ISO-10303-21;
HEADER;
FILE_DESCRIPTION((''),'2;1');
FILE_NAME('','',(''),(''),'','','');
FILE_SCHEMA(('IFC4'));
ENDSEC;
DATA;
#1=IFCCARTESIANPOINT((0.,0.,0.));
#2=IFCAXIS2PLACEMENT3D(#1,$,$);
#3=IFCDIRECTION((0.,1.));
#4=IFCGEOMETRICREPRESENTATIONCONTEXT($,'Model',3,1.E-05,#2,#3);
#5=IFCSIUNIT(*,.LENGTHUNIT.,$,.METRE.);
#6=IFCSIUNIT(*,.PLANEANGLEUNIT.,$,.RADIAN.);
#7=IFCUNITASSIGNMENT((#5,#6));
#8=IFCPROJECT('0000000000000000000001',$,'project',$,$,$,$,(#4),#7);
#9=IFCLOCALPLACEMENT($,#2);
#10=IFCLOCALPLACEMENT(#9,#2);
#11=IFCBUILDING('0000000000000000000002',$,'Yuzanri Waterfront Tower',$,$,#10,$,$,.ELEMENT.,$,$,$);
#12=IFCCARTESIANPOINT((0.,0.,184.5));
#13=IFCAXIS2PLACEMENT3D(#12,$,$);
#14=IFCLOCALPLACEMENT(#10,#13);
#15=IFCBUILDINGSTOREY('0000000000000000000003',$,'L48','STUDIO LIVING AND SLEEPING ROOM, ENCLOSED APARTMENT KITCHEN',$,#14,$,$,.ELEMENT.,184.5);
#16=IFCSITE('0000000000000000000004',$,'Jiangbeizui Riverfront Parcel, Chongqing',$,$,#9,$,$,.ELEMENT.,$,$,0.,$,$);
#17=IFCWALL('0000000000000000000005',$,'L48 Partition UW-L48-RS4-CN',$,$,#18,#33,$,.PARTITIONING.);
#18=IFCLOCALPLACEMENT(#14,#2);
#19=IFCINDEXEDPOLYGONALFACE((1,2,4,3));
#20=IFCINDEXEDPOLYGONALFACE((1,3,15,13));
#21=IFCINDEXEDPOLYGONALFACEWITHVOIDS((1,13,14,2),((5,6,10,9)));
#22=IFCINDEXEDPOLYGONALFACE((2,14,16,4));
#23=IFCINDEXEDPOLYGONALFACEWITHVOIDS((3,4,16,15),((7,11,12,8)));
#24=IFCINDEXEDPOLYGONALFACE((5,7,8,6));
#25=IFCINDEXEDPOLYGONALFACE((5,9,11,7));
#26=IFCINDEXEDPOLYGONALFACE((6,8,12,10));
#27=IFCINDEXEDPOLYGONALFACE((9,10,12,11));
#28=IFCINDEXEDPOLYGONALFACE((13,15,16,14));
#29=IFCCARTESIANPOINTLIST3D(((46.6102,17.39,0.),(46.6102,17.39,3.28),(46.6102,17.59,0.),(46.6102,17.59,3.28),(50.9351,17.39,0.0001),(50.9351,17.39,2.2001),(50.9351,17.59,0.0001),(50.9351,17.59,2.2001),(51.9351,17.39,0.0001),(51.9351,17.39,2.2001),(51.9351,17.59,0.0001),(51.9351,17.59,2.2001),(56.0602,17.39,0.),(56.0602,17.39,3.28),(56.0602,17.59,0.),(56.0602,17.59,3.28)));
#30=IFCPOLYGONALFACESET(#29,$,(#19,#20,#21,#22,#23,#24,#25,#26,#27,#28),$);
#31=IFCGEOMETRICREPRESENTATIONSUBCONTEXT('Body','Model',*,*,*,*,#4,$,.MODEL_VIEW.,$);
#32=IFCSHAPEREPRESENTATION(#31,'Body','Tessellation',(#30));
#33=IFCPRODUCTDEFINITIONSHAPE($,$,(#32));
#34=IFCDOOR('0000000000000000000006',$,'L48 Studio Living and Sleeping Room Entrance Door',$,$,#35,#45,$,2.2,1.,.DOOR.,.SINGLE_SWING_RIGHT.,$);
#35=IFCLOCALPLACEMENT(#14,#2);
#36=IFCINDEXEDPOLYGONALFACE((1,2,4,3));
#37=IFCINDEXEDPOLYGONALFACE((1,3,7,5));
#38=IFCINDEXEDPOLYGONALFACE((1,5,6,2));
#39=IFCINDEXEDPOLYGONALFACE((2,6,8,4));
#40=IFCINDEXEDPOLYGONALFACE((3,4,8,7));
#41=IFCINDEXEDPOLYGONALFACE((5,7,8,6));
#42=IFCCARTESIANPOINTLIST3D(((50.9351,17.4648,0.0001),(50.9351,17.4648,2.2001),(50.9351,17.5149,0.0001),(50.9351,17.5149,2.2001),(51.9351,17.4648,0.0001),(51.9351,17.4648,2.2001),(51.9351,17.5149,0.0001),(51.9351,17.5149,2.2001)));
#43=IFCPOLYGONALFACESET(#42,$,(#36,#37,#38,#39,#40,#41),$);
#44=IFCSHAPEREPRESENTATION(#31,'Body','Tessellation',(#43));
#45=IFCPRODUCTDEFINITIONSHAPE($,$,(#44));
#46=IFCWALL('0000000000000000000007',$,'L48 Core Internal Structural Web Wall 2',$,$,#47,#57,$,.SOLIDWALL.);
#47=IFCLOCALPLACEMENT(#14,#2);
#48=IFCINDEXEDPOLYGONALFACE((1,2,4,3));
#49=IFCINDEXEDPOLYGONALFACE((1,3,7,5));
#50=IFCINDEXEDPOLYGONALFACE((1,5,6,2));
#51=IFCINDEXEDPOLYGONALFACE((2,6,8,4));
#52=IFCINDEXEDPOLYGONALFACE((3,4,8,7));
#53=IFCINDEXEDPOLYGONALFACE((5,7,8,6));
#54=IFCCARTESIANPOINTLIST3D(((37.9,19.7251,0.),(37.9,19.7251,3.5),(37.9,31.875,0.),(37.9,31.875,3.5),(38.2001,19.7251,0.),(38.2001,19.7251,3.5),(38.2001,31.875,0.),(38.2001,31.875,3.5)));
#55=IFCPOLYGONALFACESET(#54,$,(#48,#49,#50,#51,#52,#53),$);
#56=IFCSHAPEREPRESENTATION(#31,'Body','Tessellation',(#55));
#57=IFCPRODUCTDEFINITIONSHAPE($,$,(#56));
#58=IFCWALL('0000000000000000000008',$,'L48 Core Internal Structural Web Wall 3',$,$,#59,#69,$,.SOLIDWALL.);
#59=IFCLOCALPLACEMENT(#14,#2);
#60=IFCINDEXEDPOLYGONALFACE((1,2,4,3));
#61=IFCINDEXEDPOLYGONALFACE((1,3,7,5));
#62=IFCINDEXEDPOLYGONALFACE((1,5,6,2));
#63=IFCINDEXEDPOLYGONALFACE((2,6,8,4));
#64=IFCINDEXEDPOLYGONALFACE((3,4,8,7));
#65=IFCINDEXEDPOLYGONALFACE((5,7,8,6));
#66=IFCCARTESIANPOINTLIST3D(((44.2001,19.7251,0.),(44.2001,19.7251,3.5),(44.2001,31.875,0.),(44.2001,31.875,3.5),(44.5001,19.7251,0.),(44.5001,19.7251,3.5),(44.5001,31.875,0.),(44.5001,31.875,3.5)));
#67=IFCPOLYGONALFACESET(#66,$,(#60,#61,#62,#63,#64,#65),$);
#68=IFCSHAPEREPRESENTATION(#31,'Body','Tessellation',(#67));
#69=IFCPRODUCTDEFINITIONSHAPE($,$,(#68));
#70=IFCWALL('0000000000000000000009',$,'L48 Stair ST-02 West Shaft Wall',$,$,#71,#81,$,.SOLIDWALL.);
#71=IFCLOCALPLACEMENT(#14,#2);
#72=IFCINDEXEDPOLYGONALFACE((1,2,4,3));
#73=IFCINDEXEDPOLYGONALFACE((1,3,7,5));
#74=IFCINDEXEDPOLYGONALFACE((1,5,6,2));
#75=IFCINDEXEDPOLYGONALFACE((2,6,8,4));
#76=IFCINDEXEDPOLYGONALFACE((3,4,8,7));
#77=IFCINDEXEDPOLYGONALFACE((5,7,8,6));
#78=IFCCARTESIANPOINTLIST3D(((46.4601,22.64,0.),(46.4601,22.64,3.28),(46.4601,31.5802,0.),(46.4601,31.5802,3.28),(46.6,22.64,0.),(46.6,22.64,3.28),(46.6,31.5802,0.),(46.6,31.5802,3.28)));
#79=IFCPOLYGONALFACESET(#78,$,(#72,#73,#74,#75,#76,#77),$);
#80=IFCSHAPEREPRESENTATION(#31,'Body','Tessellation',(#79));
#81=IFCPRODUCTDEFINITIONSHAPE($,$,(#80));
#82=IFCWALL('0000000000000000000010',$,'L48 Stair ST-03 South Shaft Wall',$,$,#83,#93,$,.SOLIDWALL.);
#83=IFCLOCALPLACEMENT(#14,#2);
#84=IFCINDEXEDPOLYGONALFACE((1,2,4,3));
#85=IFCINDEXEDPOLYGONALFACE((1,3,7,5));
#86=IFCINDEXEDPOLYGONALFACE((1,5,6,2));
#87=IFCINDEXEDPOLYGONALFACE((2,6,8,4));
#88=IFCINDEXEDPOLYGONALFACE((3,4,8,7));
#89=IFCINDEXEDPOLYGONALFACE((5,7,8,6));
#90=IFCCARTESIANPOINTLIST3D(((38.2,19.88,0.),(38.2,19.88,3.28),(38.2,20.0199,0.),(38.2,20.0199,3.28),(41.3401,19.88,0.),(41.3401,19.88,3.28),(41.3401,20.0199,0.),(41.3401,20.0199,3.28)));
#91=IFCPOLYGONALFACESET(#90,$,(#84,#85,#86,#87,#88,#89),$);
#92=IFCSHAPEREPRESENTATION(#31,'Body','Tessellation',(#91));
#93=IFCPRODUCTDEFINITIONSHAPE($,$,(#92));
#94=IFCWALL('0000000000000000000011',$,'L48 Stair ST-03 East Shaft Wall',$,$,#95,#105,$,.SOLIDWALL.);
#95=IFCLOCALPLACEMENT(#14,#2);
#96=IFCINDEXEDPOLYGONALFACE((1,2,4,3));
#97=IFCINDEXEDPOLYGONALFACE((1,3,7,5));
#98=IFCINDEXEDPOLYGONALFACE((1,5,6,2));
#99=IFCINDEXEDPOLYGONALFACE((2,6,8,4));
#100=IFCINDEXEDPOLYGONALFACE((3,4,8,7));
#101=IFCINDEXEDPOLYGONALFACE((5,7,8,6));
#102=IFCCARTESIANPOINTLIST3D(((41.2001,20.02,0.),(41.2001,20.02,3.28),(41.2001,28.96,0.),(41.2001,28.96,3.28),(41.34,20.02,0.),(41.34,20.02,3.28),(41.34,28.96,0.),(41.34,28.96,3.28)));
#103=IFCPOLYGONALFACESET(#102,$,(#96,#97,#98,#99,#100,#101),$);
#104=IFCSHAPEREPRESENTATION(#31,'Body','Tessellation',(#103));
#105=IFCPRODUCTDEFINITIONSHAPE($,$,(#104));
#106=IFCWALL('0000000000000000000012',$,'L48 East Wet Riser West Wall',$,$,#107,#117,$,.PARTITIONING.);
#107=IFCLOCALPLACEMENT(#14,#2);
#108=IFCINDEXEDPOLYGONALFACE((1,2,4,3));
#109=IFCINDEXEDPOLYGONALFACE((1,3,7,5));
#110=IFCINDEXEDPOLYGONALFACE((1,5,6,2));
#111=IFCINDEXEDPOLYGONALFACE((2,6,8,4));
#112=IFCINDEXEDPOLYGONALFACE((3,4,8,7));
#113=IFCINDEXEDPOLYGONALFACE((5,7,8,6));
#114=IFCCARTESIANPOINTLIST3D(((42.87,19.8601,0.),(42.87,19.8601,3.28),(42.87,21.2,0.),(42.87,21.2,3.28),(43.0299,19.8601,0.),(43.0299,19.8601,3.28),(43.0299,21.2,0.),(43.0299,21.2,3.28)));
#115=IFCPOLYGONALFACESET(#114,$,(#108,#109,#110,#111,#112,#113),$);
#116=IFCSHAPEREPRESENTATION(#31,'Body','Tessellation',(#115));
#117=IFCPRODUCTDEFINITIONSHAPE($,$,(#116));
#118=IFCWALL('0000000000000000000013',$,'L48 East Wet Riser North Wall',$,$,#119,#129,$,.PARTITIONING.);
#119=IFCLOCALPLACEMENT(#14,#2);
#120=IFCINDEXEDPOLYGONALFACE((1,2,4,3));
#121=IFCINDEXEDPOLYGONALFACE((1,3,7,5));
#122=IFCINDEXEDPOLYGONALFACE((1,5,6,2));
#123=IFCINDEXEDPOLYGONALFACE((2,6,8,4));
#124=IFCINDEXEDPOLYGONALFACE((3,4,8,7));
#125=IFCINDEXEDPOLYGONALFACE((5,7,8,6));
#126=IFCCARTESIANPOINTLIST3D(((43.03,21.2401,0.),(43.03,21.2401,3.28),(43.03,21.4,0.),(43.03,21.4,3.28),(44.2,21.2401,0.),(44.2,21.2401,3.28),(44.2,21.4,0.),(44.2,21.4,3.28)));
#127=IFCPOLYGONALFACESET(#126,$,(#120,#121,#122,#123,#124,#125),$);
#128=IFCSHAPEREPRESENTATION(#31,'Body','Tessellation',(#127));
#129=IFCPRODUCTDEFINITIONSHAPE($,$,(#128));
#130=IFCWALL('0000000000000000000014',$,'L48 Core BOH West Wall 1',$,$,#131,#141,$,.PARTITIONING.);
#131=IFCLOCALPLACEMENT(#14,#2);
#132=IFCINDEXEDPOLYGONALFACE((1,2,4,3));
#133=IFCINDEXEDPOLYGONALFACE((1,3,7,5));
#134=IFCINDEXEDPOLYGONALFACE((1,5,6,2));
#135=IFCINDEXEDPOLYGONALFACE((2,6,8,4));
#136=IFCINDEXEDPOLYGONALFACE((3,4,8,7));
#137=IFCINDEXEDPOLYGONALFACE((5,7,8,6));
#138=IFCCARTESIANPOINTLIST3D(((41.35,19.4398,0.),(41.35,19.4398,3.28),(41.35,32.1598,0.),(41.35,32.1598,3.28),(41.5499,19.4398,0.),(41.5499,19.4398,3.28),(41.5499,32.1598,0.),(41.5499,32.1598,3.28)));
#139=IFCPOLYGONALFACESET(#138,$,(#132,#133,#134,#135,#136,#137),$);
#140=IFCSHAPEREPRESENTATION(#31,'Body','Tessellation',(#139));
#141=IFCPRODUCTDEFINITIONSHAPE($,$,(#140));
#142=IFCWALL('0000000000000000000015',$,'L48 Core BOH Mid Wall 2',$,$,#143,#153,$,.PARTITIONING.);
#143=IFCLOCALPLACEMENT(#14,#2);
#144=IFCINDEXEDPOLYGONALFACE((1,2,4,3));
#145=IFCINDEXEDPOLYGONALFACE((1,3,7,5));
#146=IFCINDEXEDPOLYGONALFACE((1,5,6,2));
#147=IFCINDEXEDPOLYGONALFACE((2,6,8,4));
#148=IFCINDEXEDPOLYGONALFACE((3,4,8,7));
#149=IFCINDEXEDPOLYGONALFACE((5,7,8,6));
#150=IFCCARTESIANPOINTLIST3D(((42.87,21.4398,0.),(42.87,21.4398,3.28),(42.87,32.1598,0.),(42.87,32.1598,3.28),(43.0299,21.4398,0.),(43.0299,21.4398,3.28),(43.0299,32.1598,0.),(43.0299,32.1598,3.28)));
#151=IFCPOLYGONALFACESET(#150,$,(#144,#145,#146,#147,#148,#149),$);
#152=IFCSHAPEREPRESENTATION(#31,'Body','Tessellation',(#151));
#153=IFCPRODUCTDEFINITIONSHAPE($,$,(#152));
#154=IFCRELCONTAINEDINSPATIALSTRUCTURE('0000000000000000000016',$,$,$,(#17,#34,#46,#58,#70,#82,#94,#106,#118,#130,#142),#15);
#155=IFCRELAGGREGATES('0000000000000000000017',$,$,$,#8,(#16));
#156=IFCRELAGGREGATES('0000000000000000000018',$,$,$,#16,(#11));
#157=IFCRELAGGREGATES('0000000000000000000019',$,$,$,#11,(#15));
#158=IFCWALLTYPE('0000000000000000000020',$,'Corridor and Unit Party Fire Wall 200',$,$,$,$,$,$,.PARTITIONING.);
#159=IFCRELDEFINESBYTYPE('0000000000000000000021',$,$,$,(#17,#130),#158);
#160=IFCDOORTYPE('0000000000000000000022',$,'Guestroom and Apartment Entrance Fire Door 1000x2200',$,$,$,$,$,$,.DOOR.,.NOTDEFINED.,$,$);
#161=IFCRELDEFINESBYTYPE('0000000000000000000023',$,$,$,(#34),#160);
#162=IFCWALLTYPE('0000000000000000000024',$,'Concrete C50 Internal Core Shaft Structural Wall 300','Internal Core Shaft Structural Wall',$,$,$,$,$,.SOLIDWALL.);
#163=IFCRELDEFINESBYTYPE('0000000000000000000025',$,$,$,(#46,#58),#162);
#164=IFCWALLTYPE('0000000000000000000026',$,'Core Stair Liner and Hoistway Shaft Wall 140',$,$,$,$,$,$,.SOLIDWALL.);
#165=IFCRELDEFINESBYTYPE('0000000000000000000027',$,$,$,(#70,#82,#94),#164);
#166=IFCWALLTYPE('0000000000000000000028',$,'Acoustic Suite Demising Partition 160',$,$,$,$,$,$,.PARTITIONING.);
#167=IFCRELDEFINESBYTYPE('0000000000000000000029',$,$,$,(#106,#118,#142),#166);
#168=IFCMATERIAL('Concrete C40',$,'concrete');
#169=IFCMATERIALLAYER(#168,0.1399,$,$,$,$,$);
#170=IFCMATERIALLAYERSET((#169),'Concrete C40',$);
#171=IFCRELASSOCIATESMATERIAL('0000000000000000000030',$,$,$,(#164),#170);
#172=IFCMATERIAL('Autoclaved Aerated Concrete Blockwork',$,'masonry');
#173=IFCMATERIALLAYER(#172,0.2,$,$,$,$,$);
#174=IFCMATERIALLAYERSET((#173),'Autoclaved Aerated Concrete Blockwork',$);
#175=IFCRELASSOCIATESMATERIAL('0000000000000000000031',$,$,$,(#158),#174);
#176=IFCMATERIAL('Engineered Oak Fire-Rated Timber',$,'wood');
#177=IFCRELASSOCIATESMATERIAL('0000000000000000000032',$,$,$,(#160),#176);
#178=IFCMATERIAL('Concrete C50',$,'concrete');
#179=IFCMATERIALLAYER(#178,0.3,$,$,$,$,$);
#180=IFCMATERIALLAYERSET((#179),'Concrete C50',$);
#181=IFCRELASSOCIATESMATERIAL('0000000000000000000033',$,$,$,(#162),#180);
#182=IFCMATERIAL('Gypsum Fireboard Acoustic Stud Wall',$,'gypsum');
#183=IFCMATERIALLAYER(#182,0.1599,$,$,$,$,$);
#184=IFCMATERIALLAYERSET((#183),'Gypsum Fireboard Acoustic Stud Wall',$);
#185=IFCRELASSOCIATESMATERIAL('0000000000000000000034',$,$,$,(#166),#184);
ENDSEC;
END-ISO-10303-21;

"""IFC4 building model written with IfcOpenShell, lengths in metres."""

from ifc_helpers import new_model, si_unit, direction, frame, frame_2d, origin, place, context, subcontext, project, spatial, rectangle, extrude, source, transform, mapped, material, layer, layer_set, type_object, element, fill, save


model = new_model("IFC4")

# Units and contexts
model_context = context("Model", 3, precision=1e-05, world=origin(), true_north=direction((0.0, 1.0)))
body_context = subcontext(model_context, "Body", "Model", "MODEL_VIEW")
ifc_project = project(units=[si_unit("LENGTHUNIT", "METRE"), si_unit("PLANEANGLEUNIT", "RADIAN")], contexts=[model_context])

# Site, building, storey
site_placement = place(None, origin())
site = spatial("IfcSite", under=ifc_project, at=site_placement, Name="Jiangbeizui Riverfront Parcel, Chongqing", CompositionType="ELEMENT", RefElevation=0.0)
building_placement = place(site_placement, origin())
building = spatial("IfcBuilding", under=site, at=building_placement, Name="Yuzanri Waterfront Tower", CompositionType="ELEMENT")
storey_placement = place(building_placement, frame((0.0, 0.0, 184.5)))
storey = spatial("IfcBuildingStorey", under=building, at=storey_placement, Name="L48", Description="STUDIO LIVING AND SLEEPING ROOM, ENCLOSED APARTMENT KITCHEN", CompositionType="ELEMENT", Elevation=184.5)

# Wall, opening, door
ifc_material_1 = material(Name="Concrete C40", Category="concrete")
ifc_layer_1 = layer(ifc_material_1, 0.1399)
ifc_layer_set_1 = layer_set([ifc_layer_1], Name="Concrete C40")
wall_type_1 = type_object("IfcWallType", Name="Core Stair Liner and Hoistway Shaft Wall 140", PredefinedType="SOLIDWALL", material=ifc_layer_set_1)
ifc_material_2 = material(Name="Autoclaved Aerated Concrete Blockwork", Category="masonry")
ifc_layer_2 = layer(ifc_material_2, 0.2)
ifc_layer_set_2 = layer_set([ifc_layer_2], Name="Autoclaved Aerated Concrete Blockwork")
wall_type_2 = type_object("IfcWallType", Name="Corridor and Unit Party Fire Wall 200", PredefinedType="PARTITIONING", material=ifc_layer_set_2)
wall_1_placement = place(storey_placement, frame((46.6101, 17.49, 0.0), z_axis=(0.0, 0.0, 1.0), x_axis=(1.0, 0.0, 0.0)))
wall_1 = element("IfcWall", 1, at=wall_1_placement, inside=storey, type_object=wall_type_2, Name="L48 Partition UW-L48-RS4-CN", PredefinedType="PARTITIONING", context=body_context, shape_type="SweptSolid", body=[
    extrude(rectangle(XDim=9.45, YDim=0.2, at=frame_2d((4.7251, 0.0))), origin(), (0.0, 0.0, 1.0), 3.28),
])
opening_1_placement = place(wall_1_placement, frame((4.325, 0.0, 0.0)))
opening_1 = element("IfcOpeningElement", 2, at=opening_1_placement, cuts=wall_1, PredefinedType="OPENING", context=body_context, shape_type="SweptSolid", body=[
    extrude(rectangle(XDim=1.0, YDim=2.2, at=frame_2d((0.5, 1.1001))), frame((0.0, 0.1147, 0.0), z_axis=(0.0, -1.0, 0.0), x_axis=(1.0, 0.0, 0.0)), (0.0, 0.0, 1.0), 0.2297),
])
ifc_material_3 = material(Name="Engineered Oak Fire-Rated Timber", Category="wood")
door_type_1 = type_object("IfcDoorType", Name="Guestroom and Apartment Entrance Fire Door 1000x2200", OperationType="NOTDEFINED", PredefinedType="DOOR", material=ifc_material_3)
shared_shape_1 = source(origin(), body_context, "Body", "SweptSolid", [
    extrude(rectangle(XDim=1.0, YDim=2.2, at=frame_2d((0.5, 1.1001))), frame((0.0, 0.0249, 0.0), z_axis=(0.0, -1.0, 0.0), x_axis=(1.0, 0.0, 0.0)), (0.0, 0.0, 1.0), 0.05),
])
door_1_placement = place(opening_1_placement, origin())
door_1 = element("IfcDoor", 3, at=door_1_placement, inside=storey, type_object=door_type_1, Name="L48 Studio Living and Sleeping Room Entrance Door", OperationType="SINGLE_SWING_RIGHT", OverallHeight=2.2, OverallWidth=1.0, PredefinedType="DOOR", context=body_context, shape_type="MappedRepresentation", body=[
    mapped(shared_shape_1, transform((0.0, 0.0, 0.0), scale=1.0)),
])
fill(opening_1, door_1)

# Walls
ifc_material_4 = material(Name="Concrete C50", Category="concrete")
ifc_layer_3 = layer(ifc_material_4, 0.3)
ifc_layer_set_3 = layer_set([ifc_layer_3], Name="Concrete C50")
wall_type_3 = type_object("IfcWallType", Name="Concrete C50 Internal Core Shaft Structural Wall 300", Description="Internal Core Shaft Structural Wall", PredefinedType="SOLIDWALL", material=ifc_layer_set_3)
shared_shape_2 = source(origin(), body_context, "Body", "SweptSolid", [
    extrude(rectangle(XDim=12.1499, YDim=0.3, at=frame_2d((6.075, 0.0))), origin(), (0.0, 0.0, 1.0), 3.5),
])
for number, where, z_axis, x_axis, name in (
    (4, (38.05, 19.7251, 0.0), (0.0, 0.0, 1.0), (0.0, 1.0, 0.0), "L48 Core Internal Structural Web Wall 2"),
    (5, (44.3501, 19.7251, 0.0), (0.0, 0.0, 1.0), (0.0, 1.0, 0.0), "L48 Core Internal Structural Web Wall 3"),
):
    element("IfcWall", number, at=place(storey_placement, frame(where, z_axis=z_axis, x_axis=x_axis)), inside=storey, type_object=wall_type_3, Name=name, PredefinedType="SOLIDWALL", context=body_context, shape_type="MappedRepresentation", body=[
        mapped(shared_shape_2, transform((0.0, 0.0, 0.0), scale=1.0)),
    ])
shared_shape_3 = source(origin(), body_context, "Body", "SweptSolid", [
    extrude(rectangle(XDim=8.9402, YDim=0.1399, at=frame_2d((4.4702, 0.0))), origin(), (0.0, 0.0, 1.0), 3.28),
])
wall_2_placement = place(storey_placement, frame((46.53, 22.6399, 0.0), z_axis=(0.0, 0.0, 1.0), x_axis=(0.0, 1.0, 0.0)))
element("IfcWall", 6, at=wall_2_placement, inside=storey, type_object=wall_type_1, Name="L48 Stair ST-02 West Shaft Wall", PredefinedType="SOLIDWALL", context=body_context, shape_type="MappedRepresentation", body=[
    mapped(shared_shape_3, transform((0.0, 0.0, 0.0), scale=1.0)),
])
shared_shape_4 = source(origin(), body_context, "Body", "SweptSolid", [
    extrude(rectangle(XDim=3.1401, YDim=0.1399, at=frame_2d((1.5701, 0.0))), origin(), (0.0, 0.0, 1.0), 3.28),
])
wall_3_placement = place(storey_placement, frame((38.2, 19.95, 0.0), z_axis=(0.0, 0.0, 1.0), x_axis=(1.0, 0.0, 0.0)))
element("IfcWall", 7, at=wall_3_placement, inside=storey, type_object=wall_type_1, Name="L48 Stair ST-03 South Shaft Wall", PredefinedType="SOLIDWALL", context=body_context, shape_type="MappedRepresentation", body=[
    mapped(shared_shape_4, transform((0.0, 0.0, 0.0), scale=1.0)),
])
shared_shape_5 = source(origin(), body_context, "Body", "SweptSolid", [
    extrude(rectangle(XDim=8.9399, YDim=0.1399, at=frame_2d((4.47, 0.0))), origin(), (0.0, 0.0, 1.0), 3.28),
])
wall_4_placement = place(storey_placement, frame((41.27, 20.02, 0.0), z_axis=(0.0, 0.0, 1.0), x_axis=(0.0, 1.0, 0.0)))
element("IfcWall", 8, at=wall_4_placement, inside=storey, type_object=wall_type_1, Name="L48 Stair ST-03 East Shaft Wall", PredefinedType="SOLIDWALL", context=body_context, shape_type="MappedRepresentation", body=[
    mapped(shared_shape_5, transform((0.0, 0.0, 0.0), scale=1.0)),
])
ifc_material_5 = material(Name="Gypsum Fireboard Acoustic Stud Wall", Category="gypsum")
ifc_layer_4 = layer(ifc_material_5, 0.1599)
ifc_layer_set_4 = layer_set([ifc_layer_4], Name="Gypsum Fireboard Acoustic Stud Wall")
wall_type_4 = type_object("IfcWallType", Name="Acoustic Suite Demising Partition 160", PredefinedType="PARTITIONING", material=ifc_layer_set_4)
shared_shape_6 = source(origin(), body_context, "Body", "SweptSolid", [
    extrude(rectangle(XDim=1.3398, YDim=0.1599, at=frame_2d((0.6699, 0.0))), origin(), (0.0, 0.0, 1.0), 3.28),
])
wall_5_placement = place(storey_placement, frame((42.95, 19.8601, 0.0), z_axis=(0.0, 0.0, 1.0), x_axis=(0.0, 1.0, 0.0)))
element("IfcWall", 9, at=wall_5_placement, inside=storey, type_object=wall_type_4, Name="L48 East Wet Riser West Wall", PredefinedType="PARTITIONING", context=body_context, shape_type="MappedRepresentation", body=[
    mapped(shared_shape_6, transform((0.0, 0.0, 0.0), scale=1.0)),
])
shared_shape_7 = source(origin(), body_context, "Body", "SweptSolid", [
    extrude(rectangle(XDim=1.1699, YDim=0.1599, at=frame_2d((0.585, 0.0))), origin(), (0.0, 0.0, 1.0), 3.28),
])
wall_6_placement = place(storey_placement, frame((43.03, 21.3201, 0.0), z_axis=(0.0, 0.0, 1.0), x_axis=(1.0, 0.0, 0.0)))
element("IfcWall", 10, at=wall_6_placement, inside=storey, type_object=wall_type_4, Name="L48 East Wet Riser North Wall", PredefinedType="PARTITIONING", context=body_context, shape_type="MappedRepresentation", body=[
    mapped(shared_shape_7, transform((0.0, 0.0, 0.0), scale=1.0)),
])
shared_shape_8 = source(origin(), body_context, "Body", "SweptSolid", [
    extrude(rectangle(XDim=12.72, YDim=0.2, at=frame_2d((6.3599, 0.0))), origin(), (0.0, 0.0, 1.0), 3.28),
])
wall_7_placement = place(storey_placement, frame((41.45, 19.4399, 0.0), z_axis=(0.0, 0.0, 1.0), x_axis=(0.0, 1.0, 0.0)))
element("IfcWall", 11, at=wall_7_placement, inside=storey, type_object=wall_type_2, Name="L48 Core BOH West Wall 1", PredefinedType="PARTITIONING", context=body_context, shape_type="MappedRepresentation", body=[
    mapped(shared_shape_8, transform((0.0, 0.0, 0.0), scale=1.0)),
])
shared_shape_9 = source(origin(), body_context, "Body", "SweptSolid", [
    extrude(rectangle(XDim=10.72, YDim=0.1599, at=frame_2d((5.3599, 0.0))), origin(), (0.0, 0.0, 1.0), 3.28),
])
wall_8_placement = place(storey_placement, frame((42.95, 21.4399, 0.0), z_axis=(0.0, 0.0, 1.0), x_axis=(0.0, 1.0, 0.0)))
element("IfcWall", 12, at=wall_8_placement, inside=storey, type_object=wall_type_4, Name="L48 Core BOH Mid Wall 2", PredefinedType="PARTITIONING", context=body_context, shape_type="MappedRepresentation", body=[
    mapped(shared_shape_9, transform((0.0, 0.0, 0.0), scale=1.0)),
])

save(model, "model.ifc")
